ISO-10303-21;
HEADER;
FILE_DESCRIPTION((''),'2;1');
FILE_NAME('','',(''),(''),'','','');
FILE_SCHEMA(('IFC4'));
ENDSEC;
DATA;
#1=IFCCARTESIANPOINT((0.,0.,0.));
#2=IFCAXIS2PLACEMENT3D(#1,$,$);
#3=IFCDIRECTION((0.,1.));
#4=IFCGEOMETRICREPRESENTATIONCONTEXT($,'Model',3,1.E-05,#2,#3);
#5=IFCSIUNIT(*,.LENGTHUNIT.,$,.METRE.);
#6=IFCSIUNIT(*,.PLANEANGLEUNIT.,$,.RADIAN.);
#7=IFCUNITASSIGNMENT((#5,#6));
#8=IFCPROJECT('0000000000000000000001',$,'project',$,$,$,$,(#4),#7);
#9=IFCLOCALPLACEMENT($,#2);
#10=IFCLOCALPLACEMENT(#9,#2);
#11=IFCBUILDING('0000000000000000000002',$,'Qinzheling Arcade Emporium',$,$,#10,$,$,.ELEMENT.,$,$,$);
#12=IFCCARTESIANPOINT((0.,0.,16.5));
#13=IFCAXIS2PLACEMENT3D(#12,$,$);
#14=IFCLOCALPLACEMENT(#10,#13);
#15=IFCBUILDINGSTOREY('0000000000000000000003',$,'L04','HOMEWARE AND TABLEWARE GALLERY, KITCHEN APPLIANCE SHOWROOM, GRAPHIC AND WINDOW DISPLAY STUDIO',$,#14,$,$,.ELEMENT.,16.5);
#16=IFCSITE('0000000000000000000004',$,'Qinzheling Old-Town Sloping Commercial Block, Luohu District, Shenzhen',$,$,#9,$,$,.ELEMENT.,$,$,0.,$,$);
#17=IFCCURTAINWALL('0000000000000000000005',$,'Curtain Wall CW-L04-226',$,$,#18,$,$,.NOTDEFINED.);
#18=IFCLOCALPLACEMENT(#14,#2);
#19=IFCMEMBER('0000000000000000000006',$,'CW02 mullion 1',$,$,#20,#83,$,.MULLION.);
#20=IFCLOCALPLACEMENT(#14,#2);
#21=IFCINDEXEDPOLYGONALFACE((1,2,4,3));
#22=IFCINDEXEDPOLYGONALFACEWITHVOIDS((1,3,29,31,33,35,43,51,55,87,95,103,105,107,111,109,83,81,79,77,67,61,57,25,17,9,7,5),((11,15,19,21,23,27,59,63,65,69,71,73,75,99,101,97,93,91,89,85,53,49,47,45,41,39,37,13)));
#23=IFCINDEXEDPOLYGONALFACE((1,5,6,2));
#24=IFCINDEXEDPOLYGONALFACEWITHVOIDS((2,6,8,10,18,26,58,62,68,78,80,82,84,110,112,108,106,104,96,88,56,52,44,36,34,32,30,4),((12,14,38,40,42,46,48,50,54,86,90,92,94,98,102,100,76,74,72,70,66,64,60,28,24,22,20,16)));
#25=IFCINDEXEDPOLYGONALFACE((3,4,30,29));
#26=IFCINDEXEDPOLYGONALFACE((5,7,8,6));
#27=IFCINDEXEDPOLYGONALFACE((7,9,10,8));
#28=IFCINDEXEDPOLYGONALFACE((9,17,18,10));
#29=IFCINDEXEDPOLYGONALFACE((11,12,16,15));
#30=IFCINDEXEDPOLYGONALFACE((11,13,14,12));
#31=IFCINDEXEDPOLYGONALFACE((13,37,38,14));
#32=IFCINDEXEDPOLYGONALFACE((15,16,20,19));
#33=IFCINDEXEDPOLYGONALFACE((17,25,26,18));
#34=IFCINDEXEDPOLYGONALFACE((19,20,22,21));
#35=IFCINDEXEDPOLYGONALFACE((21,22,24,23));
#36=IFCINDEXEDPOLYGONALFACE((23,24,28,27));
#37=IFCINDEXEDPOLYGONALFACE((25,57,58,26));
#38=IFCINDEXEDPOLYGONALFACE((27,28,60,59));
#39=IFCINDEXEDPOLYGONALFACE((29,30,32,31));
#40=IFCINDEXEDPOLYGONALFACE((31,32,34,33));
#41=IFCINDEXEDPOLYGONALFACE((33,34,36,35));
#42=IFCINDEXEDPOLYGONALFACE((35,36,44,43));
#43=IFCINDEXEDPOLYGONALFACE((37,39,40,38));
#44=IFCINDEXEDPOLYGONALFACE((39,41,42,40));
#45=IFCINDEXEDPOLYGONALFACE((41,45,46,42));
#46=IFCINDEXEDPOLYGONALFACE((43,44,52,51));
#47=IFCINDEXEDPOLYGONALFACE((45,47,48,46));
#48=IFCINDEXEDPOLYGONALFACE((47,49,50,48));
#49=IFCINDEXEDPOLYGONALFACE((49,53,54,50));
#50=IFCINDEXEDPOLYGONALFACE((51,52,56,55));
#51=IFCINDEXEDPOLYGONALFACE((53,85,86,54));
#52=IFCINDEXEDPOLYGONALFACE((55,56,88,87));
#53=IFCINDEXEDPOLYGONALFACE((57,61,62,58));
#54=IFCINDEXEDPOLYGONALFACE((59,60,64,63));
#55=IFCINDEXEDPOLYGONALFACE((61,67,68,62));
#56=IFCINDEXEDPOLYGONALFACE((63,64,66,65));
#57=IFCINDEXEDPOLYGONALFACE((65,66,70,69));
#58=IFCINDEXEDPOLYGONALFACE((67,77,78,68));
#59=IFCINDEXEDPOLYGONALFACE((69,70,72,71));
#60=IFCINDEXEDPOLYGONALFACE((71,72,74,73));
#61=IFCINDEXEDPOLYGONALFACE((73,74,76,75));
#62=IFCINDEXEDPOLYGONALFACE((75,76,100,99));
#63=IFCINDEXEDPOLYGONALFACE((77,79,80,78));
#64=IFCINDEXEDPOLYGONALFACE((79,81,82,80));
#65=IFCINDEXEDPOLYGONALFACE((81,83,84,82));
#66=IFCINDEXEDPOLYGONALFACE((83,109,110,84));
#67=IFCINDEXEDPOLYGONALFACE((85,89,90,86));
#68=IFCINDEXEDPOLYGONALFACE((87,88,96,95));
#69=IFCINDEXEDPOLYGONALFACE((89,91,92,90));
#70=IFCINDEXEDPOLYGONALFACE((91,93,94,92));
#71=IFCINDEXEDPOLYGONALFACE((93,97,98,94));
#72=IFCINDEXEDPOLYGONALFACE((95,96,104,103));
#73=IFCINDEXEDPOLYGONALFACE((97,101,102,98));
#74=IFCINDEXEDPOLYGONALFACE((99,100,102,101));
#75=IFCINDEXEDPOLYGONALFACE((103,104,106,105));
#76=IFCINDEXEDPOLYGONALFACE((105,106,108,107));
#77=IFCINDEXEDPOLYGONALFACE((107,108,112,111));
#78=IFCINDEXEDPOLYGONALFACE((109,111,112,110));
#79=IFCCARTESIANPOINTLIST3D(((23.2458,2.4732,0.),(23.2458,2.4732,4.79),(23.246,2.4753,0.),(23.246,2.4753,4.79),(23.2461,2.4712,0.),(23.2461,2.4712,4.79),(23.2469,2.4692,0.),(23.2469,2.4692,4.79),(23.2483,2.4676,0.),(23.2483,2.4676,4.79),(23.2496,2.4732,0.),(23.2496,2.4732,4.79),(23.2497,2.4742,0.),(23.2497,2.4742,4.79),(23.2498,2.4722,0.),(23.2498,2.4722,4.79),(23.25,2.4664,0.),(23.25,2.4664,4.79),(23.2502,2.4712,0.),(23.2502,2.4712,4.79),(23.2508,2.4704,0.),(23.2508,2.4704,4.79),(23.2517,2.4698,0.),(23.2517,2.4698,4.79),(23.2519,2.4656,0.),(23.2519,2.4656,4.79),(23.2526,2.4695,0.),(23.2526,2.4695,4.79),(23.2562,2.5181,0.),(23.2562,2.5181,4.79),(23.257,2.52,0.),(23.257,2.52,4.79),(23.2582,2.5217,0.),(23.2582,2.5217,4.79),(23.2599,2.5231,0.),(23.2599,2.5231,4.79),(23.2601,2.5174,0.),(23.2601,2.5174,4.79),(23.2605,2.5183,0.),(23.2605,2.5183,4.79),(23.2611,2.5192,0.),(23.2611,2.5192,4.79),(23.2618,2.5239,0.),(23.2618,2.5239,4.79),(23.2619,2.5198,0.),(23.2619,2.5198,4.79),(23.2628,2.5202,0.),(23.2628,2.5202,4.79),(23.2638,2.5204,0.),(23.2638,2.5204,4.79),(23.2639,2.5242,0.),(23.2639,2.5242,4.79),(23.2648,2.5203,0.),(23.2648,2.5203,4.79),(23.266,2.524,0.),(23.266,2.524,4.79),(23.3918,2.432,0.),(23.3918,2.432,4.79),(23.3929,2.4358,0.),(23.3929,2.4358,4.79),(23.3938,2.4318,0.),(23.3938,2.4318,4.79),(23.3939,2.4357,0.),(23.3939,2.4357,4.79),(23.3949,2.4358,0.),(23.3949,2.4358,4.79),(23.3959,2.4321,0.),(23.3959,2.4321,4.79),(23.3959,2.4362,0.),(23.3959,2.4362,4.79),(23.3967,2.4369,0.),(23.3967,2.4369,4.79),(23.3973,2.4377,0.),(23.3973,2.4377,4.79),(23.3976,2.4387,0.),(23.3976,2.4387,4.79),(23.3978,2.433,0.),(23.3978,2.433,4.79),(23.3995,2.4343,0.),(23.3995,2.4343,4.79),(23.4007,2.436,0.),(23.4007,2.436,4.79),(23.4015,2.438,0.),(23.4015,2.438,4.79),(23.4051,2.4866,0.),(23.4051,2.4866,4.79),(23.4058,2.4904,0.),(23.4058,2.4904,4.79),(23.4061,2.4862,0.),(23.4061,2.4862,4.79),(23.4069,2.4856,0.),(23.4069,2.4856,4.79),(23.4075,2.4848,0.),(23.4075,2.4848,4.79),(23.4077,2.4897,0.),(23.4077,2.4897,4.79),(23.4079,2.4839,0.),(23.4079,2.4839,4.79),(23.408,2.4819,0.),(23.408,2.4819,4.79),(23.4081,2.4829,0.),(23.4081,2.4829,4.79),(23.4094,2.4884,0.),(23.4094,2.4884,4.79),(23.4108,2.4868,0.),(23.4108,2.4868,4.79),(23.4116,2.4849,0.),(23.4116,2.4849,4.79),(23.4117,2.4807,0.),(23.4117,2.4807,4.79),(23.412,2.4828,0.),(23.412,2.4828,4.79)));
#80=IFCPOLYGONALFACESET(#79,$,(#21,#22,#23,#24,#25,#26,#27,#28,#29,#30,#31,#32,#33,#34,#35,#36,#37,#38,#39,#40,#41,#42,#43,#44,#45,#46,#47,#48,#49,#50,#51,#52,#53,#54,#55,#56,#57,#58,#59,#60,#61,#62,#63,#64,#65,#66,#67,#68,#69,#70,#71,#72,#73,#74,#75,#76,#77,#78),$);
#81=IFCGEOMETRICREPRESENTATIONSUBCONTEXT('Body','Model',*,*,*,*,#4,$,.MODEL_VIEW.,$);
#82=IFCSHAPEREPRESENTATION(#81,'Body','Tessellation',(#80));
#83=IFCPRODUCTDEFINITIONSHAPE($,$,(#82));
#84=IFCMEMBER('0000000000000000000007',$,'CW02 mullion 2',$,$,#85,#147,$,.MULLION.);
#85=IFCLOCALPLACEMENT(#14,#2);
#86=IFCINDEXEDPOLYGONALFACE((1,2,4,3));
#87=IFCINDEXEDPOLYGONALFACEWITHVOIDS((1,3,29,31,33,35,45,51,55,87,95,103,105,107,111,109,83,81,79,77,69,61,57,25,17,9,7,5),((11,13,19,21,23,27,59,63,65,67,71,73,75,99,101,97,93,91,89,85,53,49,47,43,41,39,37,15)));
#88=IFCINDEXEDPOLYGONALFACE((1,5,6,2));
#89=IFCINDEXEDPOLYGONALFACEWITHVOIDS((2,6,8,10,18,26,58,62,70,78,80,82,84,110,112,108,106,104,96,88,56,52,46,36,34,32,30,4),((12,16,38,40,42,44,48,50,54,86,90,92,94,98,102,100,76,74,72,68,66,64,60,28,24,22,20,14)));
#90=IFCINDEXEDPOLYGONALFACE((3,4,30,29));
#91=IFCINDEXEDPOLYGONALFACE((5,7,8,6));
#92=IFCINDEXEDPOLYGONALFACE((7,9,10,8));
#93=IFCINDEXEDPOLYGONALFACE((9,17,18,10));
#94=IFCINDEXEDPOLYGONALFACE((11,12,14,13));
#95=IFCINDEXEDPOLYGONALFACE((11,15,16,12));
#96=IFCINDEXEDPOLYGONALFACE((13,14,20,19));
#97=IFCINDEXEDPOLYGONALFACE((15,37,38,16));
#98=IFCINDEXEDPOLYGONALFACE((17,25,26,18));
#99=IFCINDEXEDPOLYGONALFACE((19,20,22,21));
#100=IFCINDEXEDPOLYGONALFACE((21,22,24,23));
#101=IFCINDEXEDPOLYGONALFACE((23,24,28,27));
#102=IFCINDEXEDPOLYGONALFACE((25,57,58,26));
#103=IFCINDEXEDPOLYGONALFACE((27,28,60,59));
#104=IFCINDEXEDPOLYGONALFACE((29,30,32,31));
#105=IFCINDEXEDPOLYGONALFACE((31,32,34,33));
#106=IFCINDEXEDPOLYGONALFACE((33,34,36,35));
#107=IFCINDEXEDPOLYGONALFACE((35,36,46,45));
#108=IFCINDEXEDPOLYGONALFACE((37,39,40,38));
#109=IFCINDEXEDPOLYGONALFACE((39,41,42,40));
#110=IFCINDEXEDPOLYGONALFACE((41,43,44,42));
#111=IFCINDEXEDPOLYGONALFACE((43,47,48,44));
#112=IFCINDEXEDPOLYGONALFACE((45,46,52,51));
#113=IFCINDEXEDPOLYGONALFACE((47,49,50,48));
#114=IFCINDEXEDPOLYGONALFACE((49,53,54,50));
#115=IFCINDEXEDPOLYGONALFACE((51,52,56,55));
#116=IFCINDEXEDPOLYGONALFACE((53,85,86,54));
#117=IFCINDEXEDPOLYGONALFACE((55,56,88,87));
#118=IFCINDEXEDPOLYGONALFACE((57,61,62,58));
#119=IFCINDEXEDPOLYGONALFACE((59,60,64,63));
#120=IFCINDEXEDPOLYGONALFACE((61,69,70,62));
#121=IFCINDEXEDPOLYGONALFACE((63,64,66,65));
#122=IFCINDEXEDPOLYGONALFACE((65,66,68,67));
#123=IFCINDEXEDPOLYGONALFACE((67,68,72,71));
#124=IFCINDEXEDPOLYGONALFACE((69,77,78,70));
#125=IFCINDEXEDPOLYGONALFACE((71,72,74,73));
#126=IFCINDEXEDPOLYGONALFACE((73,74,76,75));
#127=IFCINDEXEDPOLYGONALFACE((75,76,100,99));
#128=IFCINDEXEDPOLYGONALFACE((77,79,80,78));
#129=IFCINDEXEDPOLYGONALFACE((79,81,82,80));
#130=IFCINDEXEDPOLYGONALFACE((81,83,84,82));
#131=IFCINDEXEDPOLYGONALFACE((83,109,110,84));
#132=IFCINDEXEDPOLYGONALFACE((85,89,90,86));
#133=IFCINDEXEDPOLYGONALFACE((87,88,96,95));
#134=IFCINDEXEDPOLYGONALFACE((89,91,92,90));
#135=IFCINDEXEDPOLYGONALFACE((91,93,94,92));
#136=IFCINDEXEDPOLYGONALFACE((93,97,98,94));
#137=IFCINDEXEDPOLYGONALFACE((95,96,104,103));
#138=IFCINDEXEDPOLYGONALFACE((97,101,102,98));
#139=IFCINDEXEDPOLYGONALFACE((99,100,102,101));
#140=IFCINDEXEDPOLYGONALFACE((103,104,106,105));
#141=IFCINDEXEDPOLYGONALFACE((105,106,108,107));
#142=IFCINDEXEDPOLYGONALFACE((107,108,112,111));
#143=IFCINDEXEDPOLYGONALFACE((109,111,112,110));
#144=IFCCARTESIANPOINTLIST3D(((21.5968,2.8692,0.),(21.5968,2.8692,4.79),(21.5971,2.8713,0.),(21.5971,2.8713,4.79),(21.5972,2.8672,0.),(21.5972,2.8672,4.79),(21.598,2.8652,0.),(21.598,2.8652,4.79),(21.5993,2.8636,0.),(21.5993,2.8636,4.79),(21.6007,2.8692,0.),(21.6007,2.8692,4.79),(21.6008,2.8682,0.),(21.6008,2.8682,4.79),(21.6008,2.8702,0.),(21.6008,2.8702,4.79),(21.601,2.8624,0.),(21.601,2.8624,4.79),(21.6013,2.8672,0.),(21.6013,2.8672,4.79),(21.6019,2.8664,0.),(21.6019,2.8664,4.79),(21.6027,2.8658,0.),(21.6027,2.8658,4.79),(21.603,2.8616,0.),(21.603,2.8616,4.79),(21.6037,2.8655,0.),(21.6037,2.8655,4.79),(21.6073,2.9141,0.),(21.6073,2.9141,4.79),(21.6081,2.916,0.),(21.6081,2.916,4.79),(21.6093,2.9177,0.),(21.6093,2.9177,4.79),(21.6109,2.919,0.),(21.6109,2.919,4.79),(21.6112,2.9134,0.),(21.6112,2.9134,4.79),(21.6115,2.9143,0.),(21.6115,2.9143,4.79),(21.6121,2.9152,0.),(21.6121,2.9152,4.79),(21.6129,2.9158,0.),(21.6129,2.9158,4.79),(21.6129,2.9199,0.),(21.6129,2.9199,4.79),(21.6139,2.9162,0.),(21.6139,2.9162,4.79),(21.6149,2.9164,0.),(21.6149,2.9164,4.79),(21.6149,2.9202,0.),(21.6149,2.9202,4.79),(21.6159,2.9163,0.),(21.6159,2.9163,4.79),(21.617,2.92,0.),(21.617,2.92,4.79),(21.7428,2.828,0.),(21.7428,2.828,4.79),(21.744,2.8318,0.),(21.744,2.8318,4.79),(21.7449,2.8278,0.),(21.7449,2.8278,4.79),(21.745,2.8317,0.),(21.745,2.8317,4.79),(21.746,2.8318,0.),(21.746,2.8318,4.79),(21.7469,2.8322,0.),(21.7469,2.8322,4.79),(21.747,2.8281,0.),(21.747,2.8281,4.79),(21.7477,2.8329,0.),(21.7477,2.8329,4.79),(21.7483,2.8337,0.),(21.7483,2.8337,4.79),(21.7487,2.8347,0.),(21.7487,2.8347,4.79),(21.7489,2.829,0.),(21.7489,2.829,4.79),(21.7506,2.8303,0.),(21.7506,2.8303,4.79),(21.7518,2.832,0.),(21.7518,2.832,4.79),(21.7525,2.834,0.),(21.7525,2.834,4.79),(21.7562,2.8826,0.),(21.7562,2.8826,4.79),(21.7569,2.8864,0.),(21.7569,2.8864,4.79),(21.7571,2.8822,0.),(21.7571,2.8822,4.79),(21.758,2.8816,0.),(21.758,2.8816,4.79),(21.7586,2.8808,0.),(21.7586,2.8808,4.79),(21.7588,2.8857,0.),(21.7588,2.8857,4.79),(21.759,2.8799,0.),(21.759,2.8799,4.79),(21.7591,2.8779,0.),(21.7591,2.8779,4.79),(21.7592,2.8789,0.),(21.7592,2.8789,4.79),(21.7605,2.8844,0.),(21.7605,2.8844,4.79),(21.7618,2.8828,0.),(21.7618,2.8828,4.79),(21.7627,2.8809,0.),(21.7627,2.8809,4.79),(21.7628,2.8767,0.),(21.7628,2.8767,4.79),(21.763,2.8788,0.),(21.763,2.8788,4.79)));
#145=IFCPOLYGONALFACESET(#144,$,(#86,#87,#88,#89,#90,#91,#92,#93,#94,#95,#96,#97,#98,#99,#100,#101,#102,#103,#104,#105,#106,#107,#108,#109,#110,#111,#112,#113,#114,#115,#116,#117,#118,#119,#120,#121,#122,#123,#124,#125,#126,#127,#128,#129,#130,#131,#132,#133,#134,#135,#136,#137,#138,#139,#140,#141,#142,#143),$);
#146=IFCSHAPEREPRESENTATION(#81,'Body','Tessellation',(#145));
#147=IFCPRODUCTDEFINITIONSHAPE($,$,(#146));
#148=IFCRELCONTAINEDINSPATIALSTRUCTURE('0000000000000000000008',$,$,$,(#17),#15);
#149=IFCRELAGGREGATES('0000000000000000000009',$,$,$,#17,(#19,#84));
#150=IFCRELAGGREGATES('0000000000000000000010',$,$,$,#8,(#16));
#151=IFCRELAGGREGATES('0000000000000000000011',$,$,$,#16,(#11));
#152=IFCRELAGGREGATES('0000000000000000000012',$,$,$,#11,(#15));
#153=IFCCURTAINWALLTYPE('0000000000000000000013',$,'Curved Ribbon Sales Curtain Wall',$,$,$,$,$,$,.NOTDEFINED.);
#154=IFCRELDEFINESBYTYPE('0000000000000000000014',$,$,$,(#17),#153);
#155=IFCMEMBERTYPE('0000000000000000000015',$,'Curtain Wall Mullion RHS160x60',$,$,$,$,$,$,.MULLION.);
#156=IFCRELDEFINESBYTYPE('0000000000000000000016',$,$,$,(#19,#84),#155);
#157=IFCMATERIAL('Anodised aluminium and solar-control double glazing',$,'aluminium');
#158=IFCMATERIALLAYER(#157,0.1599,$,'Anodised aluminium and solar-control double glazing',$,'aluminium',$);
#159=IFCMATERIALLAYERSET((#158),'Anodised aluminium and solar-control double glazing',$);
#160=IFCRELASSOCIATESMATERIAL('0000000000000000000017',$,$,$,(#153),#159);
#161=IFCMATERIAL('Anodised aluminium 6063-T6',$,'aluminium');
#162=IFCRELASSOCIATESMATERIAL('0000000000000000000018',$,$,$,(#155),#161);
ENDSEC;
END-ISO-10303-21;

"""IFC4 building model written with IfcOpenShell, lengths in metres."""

from ifc_helpers import new_model, si_unit, direction, frame, origin, origin_2d, place, context, subcontext, project, spatial, hollow_rectangle, extrude, material, layer, layer_set, material_profile, profile_set, type_object, element, aggregate, save


model = new_model("IFC4")

# Units and contexts
model_context = context("Model", 3, precision=1e-05, world=origin(), true_north=direction((0.0, 1.0)))
body_context = subcontext(model_context, "Body", "Model", "MODEL_VIEW")
ifc_project = project(units=[si_unit("LENGTHUNIT", "METRE"), si_unit("PLANEANGLEUNIT", "RADIAN")], contexts=[model_context])

# Site, building, storey
site_placement = place(None, origin())
site = spatial("IfcSite", under=ifc_project, at=site_placement, Name="Qinzheling Old-Town Sloping Commercial Block, Luohu District, Shenzhen", CompositionType="ELEMENT", RefElevation=0.0)
building_placement = place(site_placement, origin())
building = spatial("IfcBuilding", under=site, at=building_placement, Name="Qinzheling Arcade Emporium", CompositionType="ELEMENT")
storey_placement = place(building_placement, frame((0.0, 0.0, 16.5)))
storey = spatial("IfcBuildingStorey", under=building, at=storey_placement, Name="L04", Description="HOMEWARE AND TABLEWARE GALLERY, KITCHEN APPLIANCE SHOWROOM, GRAPHIC AND WINDOW DISPLAY STUDIO", CompositionType="ELEMENT", Elevation=16.5)

# Curtain wall, members
ifc_material_1 = material(Name="Anodised aluminium and solar-control double glazing", Category="aluminium")
ifc_layer_1 = layer(ifc_material_1, 0.1599, Name="Anodised aluminium and solar-control double glazing", Category="aluminium")
ifc_layer_set_1 = layer_set([ifc_layer_1], Name="Anodised aluminium and solar-control double glazing")
curtain_wall_type = type_object("IfcCurtainWallType", Name="Curved Ribbon Sales Curtain Wall", PredefinedType="NOTDEFINED", material=ifc_layer_set_1)
ifc_material_2 = material(Name="Anodised aluminium 6063-T6", Category="aluminium")
ifc_material_profile_1 = material_profile(ifc_material_2, hollow_rectangle(XDim=0.0601, YDim=0.1599, WallThickness=0.0039, InnerFilletRadius=0.0039, OuterFilletRadius=0.0081, at=origin_2d()), Name="RHS 160x60x4", Category="aluminium")
ifc_profile_set_1 = profile_set([ifc_material_profile_1], Name="Anodised aluminium 6063-T6")
member_type_1 = type_object("IfcMemberType", Name="Curtain Wall Mullion RHS160x60", PredefinedType="MULLION", material=ifc_profile_set_1)
curtain_wall_1_placement = place(storey_placement, origin())
curtain_wall_1 = element("IfcCurtainWall", 1, at=curtain_wall_1_placement, inside=storey, type_object=curtain_wall_type, Name="Curtain Wall CW-L04-226", PredefinedType="NOTDEFINED")
member_1_placement = place(storey_placement, frame((23.3289, 2.478, 0.0), z_axis=(0.0, 0.0, 1.0), x_axis=(-0.233526, -0.97235, 0.0)))
member_1 = element("IfcMember", 2, at=member_1_placement, type_object=member_type_1, Name="CW02 mullion 1", PredefinedType="MULLION", context=body_context, shape_type="SweptSolid", body=[
    extrude(hollow_rectangle(XDim=0.0601, YDim=0.1599, WallThickness=0.0039, InnerFilletRadius=0.0039, OuterFilletRadius=0.0081, at=origin_2d()), origin(), (0.0, 0.0, 1.0), 4.79),
])
member_2_placement = place(storey_placement, frame((21.6799, 2.874, 0.0), z_axis=(0.0, 0.0, 1.0), x_axis=(-0.233526, -0.97235, 0.0)))
member_2 = element("IfcMember", 3, at=member_2_placement, type_object=member_type_1, Name="CW02 mullion 2", PredefinedType="MULLION", context=body_context, shape_type="SweptSolid", body=[
    extrude(hollow_rectangle(XDim=0.0601, YDim=0.1599, WallThickness=0.0039, InnerFilletRadius=0.0039, OuterFilletRadius=0.0081, at=origin_2d()), origin(), (0.0, 0.0, 1.0), 4.79),
])

aggregate(curtain_wall_1, [member_1, member_2])

save(model, "model.ifc")
